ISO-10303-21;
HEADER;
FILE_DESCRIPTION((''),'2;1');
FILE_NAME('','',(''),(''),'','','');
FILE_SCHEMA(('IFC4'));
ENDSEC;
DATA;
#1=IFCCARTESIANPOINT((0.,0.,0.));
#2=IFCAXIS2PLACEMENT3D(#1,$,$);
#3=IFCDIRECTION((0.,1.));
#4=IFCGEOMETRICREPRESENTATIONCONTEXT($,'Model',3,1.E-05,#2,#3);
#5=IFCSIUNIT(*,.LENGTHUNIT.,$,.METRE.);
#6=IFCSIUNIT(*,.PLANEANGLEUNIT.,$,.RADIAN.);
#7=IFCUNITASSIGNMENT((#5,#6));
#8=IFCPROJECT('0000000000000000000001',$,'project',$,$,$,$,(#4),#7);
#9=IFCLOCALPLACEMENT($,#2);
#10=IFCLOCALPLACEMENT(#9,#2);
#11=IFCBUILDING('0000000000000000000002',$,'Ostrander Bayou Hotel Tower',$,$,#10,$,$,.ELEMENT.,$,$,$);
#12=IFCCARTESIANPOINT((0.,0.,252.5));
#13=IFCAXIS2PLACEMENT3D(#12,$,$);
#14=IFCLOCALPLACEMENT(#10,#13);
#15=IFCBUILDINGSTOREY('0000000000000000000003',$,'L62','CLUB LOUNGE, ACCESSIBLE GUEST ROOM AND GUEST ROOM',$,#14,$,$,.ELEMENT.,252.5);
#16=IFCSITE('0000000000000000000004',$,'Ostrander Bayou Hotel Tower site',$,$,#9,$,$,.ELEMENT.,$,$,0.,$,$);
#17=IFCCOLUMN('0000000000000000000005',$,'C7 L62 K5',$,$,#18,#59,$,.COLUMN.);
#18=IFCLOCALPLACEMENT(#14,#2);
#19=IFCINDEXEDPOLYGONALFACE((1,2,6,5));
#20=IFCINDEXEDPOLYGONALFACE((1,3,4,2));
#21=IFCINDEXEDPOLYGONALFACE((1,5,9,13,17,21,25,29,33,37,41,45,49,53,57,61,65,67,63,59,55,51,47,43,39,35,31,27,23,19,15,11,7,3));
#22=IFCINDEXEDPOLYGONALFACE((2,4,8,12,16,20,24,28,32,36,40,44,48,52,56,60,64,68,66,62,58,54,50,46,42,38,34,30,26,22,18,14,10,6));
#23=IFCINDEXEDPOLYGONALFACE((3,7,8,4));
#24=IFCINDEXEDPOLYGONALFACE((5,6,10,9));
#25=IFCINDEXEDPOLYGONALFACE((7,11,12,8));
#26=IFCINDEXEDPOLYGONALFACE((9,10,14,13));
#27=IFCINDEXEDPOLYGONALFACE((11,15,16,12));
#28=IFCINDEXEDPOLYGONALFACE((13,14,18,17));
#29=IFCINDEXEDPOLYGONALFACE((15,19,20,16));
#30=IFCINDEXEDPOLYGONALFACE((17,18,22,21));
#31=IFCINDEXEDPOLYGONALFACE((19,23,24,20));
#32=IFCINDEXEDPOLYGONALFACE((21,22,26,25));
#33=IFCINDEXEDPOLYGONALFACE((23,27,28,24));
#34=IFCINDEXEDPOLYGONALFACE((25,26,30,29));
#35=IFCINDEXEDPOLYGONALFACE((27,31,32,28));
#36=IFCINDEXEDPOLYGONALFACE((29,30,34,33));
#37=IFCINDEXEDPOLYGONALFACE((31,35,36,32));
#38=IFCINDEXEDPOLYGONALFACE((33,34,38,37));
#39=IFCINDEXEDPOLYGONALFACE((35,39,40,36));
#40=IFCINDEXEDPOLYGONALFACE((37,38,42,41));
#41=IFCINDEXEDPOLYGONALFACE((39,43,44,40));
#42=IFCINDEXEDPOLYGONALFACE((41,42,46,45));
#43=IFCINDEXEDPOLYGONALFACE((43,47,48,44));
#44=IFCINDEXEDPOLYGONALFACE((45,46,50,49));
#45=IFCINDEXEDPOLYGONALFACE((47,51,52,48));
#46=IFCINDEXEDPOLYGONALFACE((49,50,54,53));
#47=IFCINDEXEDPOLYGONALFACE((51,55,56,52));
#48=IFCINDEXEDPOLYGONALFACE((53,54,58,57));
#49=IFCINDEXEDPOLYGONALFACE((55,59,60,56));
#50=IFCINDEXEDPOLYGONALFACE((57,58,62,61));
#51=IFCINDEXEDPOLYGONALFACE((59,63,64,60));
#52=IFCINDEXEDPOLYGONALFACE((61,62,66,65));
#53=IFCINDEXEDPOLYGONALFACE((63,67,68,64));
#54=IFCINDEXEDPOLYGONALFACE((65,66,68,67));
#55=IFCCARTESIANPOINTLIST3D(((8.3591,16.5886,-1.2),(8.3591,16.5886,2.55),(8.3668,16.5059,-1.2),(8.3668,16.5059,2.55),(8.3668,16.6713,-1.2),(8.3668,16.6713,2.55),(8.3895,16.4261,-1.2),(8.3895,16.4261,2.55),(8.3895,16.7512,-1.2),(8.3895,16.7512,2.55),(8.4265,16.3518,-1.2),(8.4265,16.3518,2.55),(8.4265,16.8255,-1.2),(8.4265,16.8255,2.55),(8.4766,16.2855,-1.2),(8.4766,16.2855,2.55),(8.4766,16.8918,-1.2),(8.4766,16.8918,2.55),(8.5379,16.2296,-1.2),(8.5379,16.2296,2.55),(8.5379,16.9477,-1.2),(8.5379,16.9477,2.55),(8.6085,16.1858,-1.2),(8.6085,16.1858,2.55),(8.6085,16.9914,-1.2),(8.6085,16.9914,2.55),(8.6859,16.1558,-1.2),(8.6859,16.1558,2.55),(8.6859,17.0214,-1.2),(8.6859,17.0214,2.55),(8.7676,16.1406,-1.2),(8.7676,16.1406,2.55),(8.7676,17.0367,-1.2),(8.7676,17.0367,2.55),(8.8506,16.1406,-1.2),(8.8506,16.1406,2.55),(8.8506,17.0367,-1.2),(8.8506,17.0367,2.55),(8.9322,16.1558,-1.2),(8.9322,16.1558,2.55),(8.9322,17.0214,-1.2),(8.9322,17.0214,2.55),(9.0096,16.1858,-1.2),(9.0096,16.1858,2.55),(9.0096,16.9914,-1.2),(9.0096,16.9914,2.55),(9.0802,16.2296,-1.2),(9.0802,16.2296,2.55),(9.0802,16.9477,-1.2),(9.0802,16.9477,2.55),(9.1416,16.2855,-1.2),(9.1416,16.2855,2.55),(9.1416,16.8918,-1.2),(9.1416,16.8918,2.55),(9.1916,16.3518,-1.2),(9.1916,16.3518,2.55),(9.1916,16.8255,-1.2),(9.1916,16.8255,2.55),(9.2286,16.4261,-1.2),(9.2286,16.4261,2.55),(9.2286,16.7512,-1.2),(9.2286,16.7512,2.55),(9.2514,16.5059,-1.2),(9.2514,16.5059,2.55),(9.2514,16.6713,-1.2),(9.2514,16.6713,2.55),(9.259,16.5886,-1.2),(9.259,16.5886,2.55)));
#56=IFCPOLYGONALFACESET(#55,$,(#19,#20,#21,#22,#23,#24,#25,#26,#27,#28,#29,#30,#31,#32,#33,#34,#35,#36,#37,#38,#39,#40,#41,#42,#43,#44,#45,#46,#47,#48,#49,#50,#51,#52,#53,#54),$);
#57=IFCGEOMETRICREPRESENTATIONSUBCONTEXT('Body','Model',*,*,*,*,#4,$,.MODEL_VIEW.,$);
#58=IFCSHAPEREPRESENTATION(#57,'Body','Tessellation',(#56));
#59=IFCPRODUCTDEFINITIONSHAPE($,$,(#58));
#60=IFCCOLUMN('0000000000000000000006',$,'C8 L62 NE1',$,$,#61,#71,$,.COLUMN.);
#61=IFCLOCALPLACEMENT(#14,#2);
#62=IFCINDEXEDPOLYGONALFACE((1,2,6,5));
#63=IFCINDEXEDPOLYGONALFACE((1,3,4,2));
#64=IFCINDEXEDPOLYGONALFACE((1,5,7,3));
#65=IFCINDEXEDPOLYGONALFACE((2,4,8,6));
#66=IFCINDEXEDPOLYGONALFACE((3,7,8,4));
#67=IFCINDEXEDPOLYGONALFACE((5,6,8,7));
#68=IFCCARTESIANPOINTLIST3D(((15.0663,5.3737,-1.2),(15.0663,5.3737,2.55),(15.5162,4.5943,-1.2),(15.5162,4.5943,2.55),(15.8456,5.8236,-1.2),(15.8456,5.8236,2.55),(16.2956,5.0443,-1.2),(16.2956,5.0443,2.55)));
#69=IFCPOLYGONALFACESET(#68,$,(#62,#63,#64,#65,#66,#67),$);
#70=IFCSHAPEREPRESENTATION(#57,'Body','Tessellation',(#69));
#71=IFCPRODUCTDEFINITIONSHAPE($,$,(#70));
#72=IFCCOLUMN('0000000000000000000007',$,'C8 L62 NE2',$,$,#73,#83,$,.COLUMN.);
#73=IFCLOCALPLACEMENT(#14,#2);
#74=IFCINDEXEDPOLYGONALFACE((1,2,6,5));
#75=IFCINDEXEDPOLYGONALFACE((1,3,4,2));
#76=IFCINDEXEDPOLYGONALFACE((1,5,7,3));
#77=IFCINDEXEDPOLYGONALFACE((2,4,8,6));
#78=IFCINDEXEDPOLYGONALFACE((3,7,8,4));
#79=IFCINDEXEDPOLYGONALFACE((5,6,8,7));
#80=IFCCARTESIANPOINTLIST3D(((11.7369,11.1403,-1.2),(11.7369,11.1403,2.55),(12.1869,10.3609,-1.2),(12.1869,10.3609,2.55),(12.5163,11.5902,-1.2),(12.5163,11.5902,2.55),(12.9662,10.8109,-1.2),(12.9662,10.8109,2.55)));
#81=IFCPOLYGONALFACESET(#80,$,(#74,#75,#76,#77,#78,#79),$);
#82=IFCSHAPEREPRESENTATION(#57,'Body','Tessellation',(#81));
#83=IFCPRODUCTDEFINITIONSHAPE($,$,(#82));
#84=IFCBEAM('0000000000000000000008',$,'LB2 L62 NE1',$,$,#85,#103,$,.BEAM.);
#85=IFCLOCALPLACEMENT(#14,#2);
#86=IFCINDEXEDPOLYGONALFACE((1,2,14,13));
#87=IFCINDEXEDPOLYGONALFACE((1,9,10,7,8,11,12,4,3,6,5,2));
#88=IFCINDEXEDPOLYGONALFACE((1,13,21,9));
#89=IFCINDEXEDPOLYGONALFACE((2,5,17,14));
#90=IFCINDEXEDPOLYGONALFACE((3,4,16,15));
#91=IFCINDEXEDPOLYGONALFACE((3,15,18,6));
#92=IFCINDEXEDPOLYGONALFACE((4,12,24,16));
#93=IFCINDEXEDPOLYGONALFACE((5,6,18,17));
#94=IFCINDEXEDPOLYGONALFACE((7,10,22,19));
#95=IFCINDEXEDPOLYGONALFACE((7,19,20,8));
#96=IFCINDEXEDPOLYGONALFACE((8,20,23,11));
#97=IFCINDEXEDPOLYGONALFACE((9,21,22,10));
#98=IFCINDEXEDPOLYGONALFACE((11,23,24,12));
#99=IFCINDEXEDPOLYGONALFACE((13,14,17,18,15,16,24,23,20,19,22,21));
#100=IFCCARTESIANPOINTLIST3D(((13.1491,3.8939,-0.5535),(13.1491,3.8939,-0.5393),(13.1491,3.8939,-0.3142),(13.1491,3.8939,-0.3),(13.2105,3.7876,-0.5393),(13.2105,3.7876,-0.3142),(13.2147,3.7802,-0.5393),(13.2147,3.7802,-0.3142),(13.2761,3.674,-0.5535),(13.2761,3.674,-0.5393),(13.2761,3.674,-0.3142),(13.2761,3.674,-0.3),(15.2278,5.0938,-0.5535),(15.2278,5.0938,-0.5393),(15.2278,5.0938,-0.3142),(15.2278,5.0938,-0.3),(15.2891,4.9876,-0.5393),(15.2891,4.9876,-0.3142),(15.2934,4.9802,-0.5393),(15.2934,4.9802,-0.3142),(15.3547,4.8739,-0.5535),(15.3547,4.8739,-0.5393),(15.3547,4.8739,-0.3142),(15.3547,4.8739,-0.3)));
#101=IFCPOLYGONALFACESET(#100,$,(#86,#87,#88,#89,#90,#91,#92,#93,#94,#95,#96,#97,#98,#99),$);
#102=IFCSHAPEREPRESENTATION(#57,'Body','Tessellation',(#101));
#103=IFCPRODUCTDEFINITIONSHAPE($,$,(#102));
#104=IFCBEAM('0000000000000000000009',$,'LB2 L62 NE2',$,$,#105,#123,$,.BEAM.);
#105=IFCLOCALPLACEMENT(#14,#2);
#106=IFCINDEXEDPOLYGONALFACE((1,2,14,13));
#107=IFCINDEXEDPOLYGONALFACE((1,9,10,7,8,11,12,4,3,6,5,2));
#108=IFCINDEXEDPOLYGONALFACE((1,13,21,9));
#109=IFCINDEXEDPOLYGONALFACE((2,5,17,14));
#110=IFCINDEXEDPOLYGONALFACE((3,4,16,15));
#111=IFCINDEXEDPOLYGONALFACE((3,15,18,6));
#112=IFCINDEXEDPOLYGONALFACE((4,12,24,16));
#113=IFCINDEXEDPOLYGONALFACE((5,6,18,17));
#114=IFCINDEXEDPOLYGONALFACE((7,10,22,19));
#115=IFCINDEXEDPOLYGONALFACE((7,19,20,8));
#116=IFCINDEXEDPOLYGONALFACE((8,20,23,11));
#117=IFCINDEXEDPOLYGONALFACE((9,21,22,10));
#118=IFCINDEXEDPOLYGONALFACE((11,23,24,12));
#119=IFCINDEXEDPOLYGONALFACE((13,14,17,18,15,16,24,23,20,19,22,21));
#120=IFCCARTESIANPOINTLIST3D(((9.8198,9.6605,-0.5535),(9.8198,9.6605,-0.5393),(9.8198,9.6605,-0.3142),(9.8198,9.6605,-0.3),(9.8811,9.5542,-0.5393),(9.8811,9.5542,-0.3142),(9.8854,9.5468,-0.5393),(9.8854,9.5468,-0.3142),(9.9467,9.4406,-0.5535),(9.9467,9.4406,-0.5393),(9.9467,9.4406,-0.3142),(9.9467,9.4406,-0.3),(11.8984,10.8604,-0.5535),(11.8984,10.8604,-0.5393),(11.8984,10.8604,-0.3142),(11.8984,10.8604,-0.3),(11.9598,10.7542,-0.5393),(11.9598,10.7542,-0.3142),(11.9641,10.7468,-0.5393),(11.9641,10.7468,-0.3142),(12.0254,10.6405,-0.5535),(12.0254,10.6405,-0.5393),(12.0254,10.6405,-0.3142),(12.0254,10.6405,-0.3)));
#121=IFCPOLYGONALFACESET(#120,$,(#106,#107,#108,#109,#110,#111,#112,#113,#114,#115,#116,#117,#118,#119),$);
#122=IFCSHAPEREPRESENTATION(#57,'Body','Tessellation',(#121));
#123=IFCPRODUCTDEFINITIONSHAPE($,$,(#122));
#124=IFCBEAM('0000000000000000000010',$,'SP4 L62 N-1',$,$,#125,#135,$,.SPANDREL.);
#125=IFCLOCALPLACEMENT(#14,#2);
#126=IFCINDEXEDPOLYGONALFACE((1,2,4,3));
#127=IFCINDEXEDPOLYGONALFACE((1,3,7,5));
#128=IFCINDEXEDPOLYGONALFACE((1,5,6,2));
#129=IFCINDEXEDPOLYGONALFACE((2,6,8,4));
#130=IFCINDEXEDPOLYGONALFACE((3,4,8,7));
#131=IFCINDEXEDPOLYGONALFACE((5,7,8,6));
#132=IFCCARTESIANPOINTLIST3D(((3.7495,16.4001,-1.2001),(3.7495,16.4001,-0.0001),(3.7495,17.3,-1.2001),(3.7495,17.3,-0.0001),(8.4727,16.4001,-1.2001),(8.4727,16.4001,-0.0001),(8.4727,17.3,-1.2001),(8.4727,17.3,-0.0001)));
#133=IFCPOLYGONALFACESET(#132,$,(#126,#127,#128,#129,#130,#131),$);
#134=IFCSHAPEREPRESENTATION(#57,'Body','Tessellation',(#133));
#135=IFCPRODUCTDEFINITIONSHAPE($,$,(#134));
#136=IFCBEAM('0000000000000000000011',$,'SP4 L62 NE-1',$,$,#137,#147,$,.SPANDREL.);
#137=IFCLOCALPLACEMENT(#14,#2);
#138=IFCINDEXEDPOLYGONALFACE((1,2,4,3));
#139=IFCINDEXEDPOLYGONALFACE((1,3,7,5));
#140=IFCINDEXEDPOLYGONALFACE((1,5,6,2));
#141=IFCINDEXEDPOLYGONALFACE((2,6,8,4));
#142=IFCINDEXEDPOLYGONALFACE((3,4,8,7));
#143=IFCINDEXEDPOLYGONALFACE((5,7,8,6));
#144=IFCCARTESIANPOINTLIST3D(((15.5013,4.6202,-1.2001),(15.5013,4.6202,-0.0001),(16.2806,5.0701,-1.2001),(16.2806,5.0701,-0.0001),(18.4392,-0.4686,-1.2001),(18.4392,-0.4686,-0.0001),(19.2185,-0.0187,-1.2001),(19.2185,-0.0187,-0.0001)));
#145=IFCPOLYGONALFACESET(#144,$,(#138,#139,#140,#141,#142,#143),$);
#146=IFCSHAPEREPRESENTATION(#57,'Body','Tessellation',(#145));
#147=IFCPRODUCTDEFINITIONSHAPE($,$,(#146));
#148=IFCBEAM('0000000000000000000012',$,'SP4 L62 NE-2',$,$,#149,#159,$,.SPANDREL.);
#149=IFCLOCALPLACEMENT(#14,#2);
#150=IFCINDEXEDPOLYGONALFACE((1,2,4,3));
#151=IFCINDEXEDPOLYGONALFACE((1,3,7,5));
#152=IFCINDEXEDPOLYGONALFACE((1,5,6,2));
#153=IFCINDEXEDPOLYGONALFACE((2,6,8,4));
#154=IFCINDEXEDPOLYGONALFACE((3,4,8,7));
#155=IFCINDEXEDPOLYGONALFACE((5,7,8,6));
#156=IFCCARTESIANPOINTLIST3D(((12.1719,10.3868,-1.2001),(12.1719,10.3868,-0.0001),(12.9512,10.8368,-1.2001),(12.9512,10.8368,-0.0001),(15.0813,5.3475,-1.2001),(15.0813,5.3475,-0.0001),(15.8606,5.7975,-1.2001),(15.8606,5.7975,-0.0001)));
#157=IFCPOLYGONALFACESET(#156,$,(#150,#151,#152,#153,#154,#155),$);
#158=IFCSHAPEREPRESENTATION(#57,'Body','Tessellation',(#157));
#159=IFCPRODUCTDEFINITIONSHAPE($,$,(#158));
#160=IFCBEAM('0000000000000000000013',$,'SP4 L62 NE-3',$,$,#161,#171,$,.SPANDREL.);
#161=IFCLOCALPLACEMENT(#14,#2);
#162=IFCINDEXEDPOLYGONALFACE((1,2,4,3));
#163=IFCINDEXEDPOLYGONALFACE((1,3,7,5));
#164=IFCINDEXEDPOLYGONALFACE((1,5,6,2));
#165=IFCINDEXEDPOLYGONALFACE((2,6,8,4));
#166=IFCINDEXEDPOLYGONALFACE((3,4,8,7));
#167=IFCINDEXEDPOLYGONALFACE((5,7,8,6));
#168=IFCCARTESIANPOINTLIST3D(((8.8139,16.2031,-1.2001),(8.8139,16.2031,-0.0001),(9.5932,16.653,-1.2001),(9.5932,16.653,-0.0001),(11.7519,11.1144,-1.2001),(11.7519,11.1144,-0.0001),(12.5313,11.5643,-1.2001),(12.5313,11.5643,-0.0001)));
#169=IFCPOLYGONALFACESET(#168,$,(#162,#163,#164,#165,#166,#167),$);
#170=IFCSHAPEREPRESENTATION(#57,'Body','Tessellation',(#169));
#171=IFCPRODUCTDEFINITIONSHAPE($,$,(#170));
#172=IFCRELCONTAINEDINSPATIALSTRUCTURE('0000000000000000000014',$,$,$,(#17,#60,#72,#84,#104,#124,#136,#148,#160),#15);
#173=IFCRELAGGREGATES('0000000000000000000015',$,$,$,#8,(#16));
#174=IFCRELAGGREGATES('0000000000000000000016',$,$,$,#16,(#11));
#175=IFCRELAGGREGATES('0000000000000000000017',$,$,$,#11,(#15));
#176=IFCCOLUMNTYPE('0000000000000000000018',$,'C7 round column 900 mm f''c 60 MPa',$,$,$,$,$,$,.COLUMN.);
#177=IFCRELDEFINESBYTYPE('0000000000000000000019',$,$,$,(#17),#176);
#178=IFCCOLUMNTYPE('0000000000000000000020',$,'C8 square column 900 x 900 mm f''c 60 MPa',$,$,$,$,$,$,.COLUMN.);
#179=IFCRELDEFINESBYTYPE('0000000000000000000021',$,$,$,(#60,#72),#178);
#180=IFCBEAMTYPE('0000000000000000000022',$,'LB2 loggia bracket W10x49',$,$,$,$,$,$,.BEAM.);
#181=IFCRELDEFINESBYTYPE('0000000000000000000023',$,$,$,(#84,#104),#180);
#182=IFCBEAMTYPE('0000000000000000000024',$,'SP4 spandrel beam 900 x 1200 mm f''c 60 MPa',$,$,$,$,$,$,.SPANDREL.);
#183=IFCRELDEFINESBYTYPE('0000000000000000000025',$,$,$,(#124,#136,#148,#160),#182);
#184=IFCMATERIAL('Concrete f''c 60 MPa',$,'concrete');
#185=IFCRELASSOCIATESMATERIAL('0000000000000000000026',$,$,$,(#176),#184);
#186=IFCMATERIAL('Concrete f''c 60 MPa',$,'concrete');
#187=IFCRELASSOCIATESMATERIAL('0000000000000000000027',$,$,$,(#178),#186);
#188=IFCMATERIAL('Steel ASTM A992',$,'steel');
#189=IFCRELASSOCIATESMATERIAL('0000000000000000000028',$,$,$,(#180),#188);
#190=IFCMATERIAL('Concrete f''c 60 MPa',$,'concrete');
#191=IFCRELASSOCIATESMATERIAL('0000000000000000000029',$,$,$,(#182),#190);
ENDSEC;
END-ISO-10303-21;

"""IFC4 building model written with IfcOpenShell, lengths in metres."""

from ifc_helpers import new_model, si_unit, direction, frame, origin, origin_2d, place, context, subcontext, project, spatial, rectangle, circle, i_section, extrude, material, material_profile, profile_set, type_object, element, save


model = new_model("IFC4")

# Units and contexts
model_context = context("Model", 3, precision=1e-05, world=origin(), true_north=direction((0.0, 1.0)))
body_context = subcontext(model_context, "Body", "Model", "MODEL_VIEW")
ifc_project = project(units=[si_unit("LENGTHUNIT", "METRE"), si_unit("PLANEANGLEUNIT", "RADIAN")], contexts=[model_context])

# Site, building, storey
site_placement = place(None, origin())
site = spatial("IfcSite", under=ifc_project, at=site_placement, Name="Ostrander Bayou Hotel Tower site", CompositionType="ELEMENT", RefElevation=0.0)
building_placement = place(site_placement, origin())
building = spatial("IfcBuilding", under=site, at=building_placement, Name="Ostrander Bayou Hotel Tower", CompositionType="ELEMENT")
storey_placement = place(building_placement, frame((0.0, 0.0, 252.5)))
storey = spatial("IfcBuildingStorey", under=building, at=storey_placement, Name="L62", Description="CLUB LOUNGE, ACCESSIBLE GUEST ROOM AND GUEST ROOM", CompositionType="ELEMENT", Elevation=252.5)

# Columns
ifc_material_1 = material(Name="Concrete f'c 60 MPa", Category="concrete")
ifc_material_profile_1 = material_profile(ifc_material_1, circle(Radius=0.45, at=origin_2d()))
ifc_profile_set_1 = profile_set([ifc_material_profile_1], Name="Concrete f'c 60 MPa")
column_type_1 = type_object("IfcColumnType", Name="C7 round column 900 mm f'c 60 MPa", PredefinedType="COLUMN", material=ifc_profile_set_1)
column_placement = place(storey_placement, frame((8.8091, 16.5886, -1.2), z_axis=(0.0, 0.0, 1.0), x_axis=(1.0, 0.0, 0.0)))
element("IfcColumn", 1, at=column_placement, inside=storey, type_object=column_type_1, Name="C7 L62 K5", PredefinedType="COLUMN", context=body_context, shape_type="SweptSolid", body=[
    extrude(circle(Radius=0.45, at=origin_2d()), origin(), (0.0, 0.0, 1.0), 3.75),
])
ifc_material_2 = material(Name="Concrete f'c 60 MPa", Category="concrete")
ifc_material_profile_2 = material_profile(ifc_material_2, rectangle(XDim=0.8999, YDim=0.8999, at=origin_2d()))
ifc_profile_set_2 = profile_set([ifc_material_profile_2], Name="Concrete f'c 60 MPa")
column_type_2 = type_object("IfcColumnType", Name="C8 square column 900 x 900 mm f'c 60 MPa", PredefinedType="COLUMN", material=ifc_profile_set_2)
for number, where, z_axis, x_axis, name in (
    (2, (15.6809, 5.209, -1.2), (0.0, 0.0, 1.0), (0.5, -0.866025, 0.0), "C8 L62 NE1"),
    (3, (12.3516, 10.9756, -1.2), (0.0, 0.0, 1.0), (0.5, -0.866025, 0.0), "C8 L62 NE2"),
):
    element("IfcColumn", number, at=place(storey_placement, frame(where, z_axis=z_axis, x_axis=x_axis)), inside=storey, type_object=column_type_2, Name=name, PredefinedType="COLUMN", context=body_context, shape_type="SweptSolid", body=[
        extrude(rectangle(XDim=0.8999, YDim=0.8999, at=origin_2d()), origin(), (0.0, 0.0, 1.0), 3.75),
    ])

# Beams
ifc_material_3 = material(Name="Steel ASTM A992", Category="steel")
ifc_material_profile_3 = material_profile(ifc_material_3, i_section(OverallWidth=0.2539, OverallDepth=0.2534, WebThickness=0.0085, FlangeThickness=0.0142, at=origin_2d()))
ifc_profile_set_3 = profile_set([ifc_material_profile_3], Name="Steel ASTM A992")
beam_type_1 = type_object("IfcBeamType", Name="LB2 loggia bracket W10x49", PredefinedType="BEAM", material=ifc_profile_set_3)
for number, where, z_axis, x_axis, name in (
    (4, (15.2913, 4.9839, -0.4268), (-0.86605, -0.499957, 0.0), (0.499957, -0.86605, 0.0), "LB2 L62 NE1"),
    (5, (11.9619, 10.7505, -0.4268), (-0.86605, -0.499957, 0.0), (0.499957, -0.86605, 0.0), "LB2 L62 NE2"),
):
    element("IfcBeam", number, at=place(storey_placement, frame(where, z_axis=z_axis, x_axis=x_axis)), inside=storey, type_object=beam_type_1, Name=name, PredefinedType="BEAM", context=body_context, shape_type="SweptSolid", body=[
        extrude(i_section(OverallWidth=0.2539, OverallDepth=0.2534, WebThickness=0.0085, FlangeThickness=0.0142, at=origin_2d()), origin(), (0.0, 0.0, 1.0), 2.4001),
    ])
ifc_material_4 = material(Name="Concrete f'c 60 MPa", Category="concrete")
ifc_material_profile_4 = material_profile(ifc_material_4, rectangle(XDim=0.8999, YDim=1.2, at=origin_2d()))
ifc_profile_set_4 = profile_set([ifc_material_profile_4], Name="Concrete f'c 60 MPa")
beam_type_2 = type_object("IfcBeamType", Name="SP4 spandrel beam 900 x 1200 mm f'c 60 MPa", PredefinedType="SPANDREL", material=ifc_profile_set_4)
beam_1_placement = place(storey_placement, frame((8.4727, 16.8501, -0.6001), z_axis=(-1.0, 0.0, 0.0), x_axis=(0.0, -1.0, 0.0)))
element("IfcBeam", 6, at=beam_1_placement, inside=storey, type_object=beam_type_2, Name="SP4 L62 N-1", PredefinedType="SPANDREL", context=body_context, shape_type="SweptSolid", body=[
    extrude(rectangle(XDim=0.8999, YDim=1.2, at=origin_2d()), origin(), (0.0, 0.0, 1.0), 4.7231),
])
beam_2_placement = place(storey_placement, frame((18.8289, -0.2437, -0.6001), z_axis=(-0.499991, 0.866031, 0.0), x_axis=(-0.866031, -0.499991, 0.0)))
element("IfcBeam", 7, at=beam_2_placement, inside=storey, type_object=beam_type_2, Name="SP4 L62 NE-1", PredefinedType="SPANDREL", context=body_context, shape_type="SweptSolid", body=[
    extrude(rectangle(XDim=0.8999, YDim=1.2, at=origin_2d()), origin(), (0.0, 0.0, 1.0), 5.876),
])
beam_3_placement = place(storey_placement, frame((15.4709, 5.5725, -0.6001), z_axis=(-0.499997, 0.866027, 0.0), x_axis=(-0.866027, -0.499997, 0.0)))
element("IfcBeam", 8, at=beam_3_placement, inside=storey, type_object=beam_type_2, Name="SP4 L62 NE-2", PredefinedType="SPANDREL", context=body_context, shape_type="SweptSolid", body=[
    extrude(rectangle(XDim=0.8999, YDim=1.2, at=origin_2d()), origin(), (0.0, 0.0, 1.0), 5.8188),
])
beam_4_placement = place(storey_placement, frame((12.1416, 11.3394, -0.6001), z_axis=(-0.500009, 0.86602, 0.0), x_axis=(-0.86602, -0.500009, 0.0)))
element("IfcBeam", 9, at=beam_4_placement, inside=storey, type_object=beam_type_2, Name="SP4 L62 NE-3", PredefinedType="SPANDREL", context=body_context, shape_type="SweptSolid", body=[
    extrude(rectangle(XDim=0.8999, YDim=1.2, at=origin_2d()), origin(), (0.0, 0.0, 1.0), 5.876),
])

save(model, "model.ifc")
